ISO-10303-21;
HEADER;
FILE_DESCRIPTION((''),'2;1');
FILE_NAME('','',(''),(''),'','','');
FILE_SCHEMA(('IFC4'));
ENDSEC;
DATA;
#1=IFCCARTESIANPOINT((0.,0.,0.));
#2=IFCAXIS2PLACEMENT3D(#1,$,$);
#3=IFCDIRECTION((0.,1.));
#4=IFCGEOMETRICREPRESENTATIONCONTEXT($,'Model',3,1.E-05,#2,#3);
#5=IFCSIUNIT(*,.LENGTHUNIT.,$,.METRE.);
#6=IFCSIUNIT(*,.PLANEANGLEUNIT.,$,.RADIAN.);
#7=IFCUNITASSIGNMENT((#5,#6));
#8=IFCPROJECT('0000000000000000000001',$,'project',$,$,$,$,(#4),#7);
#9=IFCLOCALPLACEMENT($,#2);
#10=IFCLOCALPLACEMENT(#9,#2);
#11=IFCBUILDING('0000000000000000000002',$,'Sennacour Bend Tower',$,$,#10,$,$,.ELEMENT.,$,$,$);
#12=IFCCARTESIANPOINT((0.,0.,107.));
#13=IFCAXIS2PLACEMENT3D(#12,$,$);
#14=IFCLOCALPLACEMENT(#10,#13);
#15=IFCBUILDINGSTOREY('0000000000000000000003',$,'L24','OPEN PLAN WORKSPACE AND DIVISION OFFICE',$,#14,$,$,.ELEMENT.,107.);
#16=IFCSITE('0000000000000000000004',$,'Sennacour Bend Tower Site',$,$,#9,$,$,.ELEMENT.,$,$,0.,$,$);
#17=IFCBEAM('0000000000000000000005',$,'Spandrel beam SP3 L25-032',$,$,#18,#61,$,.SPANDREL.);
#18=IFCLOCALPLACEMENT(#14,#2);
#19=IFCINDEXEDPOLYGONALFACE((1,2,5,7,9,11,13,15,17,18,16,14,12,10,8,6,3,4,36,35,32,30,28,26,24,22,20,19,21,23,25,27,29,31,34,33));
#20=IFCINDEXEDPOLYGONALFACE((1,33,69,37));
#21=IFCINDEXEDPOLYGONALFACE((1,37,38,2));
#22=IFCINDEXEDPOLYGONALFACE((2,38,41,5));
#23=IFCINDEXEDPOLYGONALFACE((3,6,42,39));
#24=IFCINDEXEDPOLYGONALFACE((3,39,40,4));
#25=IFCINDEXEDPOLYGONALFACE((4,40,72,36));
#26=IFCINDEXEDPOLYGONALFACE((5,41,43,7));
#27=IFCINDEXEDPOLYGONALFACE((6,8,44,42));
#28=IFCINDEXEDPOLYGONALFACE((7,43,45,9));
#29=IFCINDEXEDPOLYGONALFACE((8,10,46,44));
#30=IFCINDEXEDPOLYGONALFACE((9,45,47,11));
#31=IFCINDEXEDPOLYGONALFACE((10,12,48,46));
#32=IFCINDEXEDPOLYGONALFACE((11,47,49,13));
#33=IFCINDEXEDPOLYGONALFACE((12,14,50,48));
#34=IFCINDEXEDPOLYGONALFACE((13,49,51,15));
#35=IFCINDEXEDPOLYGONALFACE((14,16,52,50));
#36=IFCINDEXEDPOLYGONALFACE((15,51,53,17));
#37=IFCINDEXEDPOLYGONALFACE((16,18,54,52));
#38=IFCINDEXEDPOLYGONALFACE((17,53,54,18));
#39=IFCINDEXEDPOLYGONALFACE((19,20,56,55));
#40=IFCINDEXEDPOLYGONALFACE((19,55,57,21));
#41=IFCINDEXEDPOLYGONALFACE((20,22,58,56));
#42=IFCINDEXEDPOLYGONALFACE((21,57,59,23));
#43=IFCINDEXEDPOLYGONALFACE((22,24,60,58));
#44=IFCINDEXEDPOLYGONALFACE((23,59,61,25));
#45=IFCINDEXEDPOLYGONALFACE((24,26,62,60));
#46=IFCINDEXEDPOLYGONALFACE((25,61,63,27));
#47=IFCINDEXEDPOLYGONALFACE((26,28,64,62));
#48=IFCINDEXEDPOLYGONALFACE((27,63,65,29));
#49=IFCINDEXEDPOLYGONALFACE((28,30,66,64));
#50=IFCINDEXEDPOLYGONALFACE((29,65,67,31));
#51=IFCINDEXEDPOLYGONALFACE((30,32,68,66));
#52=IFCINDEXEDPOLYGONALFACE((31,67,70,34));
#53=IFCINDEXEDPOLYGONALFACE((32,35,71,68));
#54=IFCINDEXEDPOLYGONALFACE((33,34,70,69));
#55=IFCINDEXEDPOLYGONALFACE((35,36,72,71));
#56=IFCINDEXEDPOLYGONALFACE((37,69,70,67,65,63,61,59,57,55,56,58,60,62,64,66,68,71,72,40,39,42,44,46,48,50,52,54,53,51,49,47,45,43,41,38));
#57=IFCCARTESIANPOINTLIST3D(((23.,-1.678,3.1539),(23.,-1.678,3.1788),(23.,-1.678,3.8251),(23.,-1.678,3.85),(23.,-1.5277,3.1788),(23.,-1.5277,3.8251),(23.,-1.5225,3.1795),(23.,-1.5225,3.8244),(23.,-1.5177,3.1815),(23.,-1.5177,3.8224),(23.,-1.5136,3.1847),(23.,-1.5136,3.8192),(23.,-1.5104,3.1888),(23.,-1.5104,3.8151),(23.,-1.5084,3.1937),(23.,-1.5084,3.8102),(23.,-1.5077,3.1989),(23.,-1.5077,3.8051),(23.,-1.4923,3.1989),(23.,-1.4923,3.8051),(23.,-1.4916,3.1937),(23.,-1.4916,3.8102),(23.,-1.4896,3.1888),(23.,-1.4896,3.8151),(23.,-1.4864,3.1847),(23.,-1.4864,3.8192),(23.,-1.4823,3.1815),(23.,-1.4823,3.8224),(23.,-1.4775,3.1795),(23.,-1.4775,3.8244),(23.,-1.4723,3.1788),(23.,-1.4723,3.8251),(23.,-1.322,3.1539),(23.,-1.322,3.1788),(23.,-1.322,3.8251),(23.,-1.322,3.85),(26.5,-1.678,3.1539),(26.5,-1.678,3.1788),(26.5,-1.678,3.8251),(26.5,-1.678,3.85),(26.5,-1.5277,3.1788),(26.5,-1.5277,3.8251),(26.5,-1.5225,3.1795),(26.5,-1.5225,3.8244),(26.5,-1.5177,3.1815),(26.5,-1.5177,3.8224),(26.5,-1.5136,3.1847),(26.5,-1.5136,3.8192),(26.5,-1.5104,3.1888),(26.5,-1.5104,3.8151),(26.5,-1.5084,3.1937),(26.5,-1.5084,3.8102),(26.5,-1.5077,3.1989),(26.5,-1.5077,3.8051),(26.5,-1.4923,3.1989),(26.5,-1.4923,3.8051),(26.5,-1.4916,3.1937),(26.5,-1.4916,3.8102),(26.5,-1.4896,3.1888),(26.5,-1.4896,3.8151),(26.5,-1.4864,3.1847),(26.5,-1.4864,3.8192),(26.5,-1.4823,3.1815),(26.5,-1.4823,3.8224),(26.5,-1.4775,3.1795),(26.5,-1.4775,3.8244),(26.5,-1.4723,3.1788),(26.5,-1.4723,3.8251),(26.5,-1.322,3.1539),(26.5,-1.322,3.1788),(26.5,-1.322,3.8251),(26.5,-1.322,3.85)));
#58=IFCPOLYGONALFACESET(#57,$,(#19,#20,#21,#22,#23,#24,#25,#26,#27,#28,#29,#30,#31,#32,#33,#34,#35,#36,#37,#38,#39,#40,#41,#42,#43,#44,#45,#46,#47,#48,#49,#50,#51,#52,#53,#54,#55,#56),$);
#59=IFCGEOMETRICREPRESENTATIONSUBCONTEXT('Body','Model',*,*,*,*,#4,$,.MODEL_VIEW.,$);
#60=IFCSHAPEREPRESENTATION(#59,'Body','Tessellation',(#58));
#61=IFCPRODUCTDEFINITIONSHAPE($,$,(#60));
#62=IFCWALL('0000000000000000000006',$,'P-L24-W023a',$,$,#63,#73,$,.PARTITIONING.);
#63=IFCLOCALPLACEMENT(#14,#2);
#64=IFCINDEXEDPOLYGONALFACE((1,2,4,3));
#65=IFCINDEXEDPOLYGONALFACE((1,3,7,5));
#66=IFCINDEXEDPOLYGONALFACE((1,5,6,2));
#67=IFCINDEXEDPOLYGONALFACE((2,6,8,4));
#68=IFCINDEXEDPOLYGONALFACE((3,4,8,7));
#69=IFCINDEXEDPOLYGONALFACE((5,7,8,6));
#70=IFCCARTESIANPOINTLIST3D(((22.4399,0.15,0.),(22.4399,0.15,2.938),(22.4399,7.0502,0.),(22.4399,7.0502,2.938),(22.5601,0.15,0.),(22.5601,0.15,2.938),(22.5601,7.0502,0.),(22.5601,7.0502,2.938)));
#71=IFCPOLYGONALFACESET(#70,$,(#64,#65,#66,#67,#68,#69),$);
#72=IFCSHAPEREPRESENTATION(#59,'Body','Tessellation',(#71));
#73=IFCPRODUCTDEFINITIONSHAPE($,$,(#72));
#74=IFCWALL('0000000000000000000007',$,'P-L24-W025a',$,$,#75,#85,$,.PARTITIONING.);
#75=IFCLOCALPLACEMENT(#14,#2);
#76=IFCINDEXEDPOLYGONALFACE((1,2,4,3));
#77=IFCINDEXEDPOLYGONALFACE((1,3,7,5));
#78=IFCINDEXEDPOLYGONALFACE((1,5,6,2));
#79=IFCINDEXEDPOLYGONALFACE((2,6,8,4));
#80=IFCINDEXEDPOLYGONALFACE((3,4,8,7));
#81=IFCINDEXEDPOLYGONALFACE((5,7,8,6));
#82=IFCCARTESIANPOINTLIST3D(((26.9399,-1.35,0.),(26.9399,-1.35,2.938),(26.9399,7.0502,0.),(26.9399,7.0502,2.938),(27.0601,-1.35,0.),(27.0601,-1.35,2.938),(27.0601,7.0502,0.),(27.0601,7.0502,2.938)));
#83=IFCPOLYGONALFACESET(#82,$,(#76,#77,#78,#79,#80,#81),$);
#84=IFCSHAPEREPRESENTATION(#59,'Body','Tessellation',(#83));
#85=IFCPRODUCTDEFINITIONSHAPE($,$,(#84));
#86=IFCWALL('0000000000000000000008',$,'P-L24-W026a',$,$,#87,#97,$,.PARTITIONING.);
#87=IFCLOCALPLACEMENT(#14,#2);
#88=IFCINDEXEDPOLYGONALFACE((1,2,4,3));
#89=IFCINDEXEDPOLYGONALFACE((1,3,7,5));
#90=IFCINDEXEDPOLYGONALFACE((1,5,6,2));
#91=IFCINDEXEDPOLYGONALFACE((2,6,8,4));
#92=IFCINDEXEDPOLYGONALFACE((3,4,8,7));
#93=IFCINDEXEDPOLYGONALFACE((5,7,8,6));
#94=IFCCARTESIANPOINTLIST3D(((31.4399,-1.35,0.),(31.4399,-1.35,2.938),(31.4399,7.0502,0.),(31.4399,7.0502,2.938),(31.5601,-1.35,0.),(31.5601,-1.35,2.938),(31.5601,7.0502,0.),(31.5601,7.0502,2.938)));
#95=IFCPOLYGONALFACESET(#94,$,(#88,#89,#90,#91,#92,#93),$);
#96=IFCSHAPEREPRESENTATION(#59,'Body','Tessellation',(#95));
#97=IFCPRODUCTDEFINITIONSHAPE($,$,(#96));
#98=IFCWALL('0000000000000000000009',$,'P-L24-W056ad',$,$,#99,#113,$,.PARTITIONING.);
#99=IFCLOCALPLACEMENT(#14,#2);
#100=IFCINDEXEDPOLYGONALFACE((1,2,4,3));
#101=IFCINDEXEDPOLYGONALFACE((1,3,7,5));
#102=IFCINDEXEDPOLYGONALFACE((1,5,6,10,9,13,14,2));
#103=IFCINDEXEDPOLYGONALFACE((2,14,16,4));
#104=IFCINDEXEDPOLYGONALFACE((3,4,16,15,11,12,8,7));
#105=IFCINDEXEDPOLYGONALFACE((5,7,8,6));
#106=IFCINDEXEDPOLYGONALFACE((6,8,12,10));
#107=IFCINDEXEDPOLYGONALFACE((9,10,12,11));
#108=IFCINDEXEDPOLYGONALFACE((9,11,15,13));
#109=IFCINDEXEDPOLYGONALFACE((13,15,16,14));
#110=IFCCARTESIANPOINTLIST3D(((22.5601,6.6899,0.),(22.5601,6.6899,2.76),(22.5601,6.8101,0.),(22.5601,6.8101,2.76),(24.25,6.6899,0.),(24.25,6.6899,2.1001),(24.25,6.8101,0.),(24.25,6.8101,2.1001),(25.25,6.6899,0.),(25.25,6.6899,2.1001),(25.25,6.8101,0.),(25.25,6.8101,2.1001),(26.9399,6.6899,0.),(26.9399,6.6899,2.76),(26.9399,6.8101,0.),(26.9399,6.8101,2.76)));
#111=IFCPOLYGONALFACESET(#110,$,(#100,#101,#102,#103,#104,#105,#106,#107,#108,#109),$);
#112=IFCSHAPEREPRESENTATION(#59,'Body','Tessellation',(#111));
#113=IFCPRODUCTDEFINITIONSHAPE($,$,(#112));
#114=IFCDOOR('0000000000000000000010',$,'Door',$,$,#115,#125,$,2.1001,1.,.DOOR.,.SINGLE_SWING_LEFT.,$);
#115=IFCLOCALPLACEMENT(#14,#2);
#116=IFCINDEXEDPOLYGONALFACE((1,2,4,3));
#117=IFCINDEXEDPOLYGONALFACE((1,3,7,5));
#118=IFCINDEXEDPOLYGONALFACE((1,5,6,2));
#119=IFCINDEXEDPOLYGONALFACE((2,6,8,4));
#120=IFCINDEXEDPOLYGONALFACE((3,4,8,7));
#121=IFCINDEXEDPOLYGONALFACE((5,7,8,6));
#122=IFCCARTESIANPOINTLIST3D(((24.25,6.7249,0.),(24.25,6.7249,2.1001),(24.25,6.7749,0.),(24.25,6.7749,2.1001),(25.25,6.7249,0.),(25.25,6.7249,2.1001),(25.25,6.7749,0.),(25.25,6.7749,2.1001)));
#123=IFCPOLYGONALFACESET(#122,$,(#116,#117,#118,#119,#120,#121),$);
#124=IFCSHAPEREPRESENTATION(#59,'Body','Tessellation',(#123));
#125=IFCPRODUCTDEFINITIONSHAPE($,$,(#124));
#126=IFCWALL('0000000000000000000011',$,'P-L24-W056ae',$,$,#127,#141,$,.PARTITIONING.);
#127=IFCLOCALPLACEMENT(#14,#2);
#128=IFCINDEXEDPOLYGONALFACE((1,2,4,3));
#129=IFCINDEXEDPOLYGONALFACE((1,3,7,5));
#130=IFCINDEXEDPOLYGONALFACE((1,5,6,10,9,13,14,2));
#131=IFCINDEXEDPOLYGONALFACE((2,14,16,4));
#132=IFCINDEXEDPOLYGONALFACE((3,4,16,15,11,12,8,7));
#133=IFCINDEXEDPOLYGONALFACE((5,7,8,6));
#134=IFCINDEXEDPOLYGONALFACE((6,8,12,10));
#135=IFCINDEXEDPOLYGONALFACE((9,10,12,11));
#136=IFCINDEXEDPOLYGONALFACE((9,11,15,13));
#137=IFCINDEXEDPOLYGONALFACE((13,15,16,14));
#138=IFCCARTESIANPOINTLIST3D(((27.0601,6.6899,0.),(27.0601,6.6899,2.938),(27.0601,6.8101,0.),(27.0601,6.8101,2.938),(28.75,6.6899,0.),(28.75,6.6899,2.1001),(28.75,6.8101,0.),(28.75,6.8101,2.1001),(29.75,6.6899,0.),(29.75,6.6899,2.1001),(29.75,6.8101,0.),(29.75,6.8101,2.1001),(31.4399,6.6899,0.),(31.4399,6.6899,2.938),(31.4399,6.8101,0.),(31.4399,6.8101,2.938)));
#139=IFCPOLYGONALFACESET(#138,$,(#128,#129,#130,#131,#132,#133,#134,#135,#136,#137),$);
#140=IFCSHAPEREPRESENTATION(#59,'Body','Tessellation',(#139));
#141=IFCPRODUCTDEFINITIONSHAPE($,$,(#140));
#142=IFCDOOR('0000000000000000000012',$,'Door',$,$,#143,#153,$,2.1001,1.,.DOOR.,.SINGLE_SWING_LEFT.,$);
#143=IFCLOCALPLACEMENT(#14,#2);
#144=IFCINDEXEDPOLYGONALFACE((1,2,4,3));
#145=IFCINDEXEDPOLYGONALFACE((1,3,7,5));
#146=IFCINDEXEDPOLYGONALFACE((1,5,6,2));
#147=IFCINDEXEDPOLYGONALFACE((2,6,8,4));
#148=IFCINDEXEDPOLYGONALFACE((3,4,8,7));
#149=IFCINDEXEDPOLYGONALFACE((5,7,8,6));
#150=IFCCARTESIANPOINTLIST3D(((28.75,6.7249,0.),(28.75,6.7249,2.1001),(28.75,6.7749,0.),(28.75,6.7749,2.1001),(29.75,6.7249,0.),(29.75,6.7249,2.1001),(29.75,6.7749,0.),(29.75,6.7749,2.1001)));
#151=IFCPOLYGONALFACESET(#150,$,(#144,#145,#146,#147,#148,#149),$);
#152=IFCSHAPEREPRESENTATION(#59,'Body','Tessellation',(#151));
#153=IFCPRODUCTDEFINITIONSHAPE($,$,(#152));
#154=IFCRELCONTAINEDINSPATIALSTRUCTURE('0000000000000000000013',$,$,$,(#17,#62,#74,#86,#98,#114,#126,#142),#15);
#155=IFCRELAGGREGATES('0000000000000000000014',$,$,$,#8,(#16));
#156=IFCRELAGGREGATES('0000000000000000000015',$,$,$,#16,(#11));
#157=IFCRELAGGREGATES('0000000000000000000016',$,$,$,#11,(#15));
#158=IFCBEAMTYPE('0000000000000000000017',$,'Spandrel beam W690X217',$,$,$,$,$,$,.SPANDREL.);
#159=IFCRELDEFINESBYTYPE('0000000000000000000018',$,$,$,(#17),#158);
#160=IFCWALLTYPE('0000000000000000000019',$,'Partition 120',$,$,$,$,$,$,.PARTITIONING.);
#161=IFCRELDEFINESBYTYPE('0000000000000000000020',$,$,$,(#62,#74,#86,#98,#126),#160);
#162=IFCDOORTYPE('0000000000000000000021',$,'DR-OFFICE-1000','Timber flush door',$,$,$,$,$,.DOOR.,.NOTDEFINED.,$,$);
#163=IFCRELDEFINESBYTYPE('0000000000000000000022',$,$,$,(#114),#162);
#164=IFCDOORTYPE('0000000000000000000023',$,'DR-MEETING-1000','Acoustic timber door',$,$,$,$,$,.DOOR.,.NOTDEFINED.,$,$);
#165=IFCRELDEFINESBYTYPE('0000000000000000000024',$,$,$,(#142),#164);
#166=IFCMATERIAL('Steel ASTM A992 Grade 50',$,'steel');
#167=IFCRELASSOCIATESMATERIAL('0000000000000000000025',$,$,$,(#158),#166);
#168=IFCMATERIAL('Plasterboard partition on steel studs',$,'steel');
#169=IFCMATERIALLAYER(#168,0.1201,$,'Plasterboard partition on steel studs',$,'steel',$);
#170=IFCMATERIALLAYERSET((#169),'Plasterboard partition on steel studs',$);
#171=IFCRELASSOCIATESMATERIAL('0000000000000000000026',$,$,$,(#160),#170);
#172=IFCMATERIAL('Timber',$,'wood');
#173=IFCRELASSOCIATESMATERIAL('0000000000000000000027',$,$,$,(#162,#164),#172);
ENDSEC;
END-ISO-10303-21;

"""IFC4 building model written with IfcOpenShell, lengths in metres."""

from ifc_helpers import new_model, si_unit, direction, frame, frame_2d, origin, origin_2d, place, context, subcontext, project, spatial, rectangle, i_section, extrude, material, layer, layer_set, material_profile, profile_set, type_object, element, fill, save


model = new_model("IFC4")

# Units and contexts
model_context = context("Model", 3, precision=1e-05, world=origin(), true_north=direction((0.0, 1.0)))
body_context = subcontext(model_context, "Body", "Model", "MODEL_VIEW")
ifc_project = project(units=[si_unit("LENGTHUNIT", "METRE"), si_unit("PLANEANGLEUNIT", "RADIAN")], contexts=[model_context])

# Site, building, storey
site_placement = place(None, origin())
site = spatial("IfcSite", under=ifc_project, at=site_placement, Name="Sennacour Bend Tower Site", CompositionType="ELEMENT", RefElevation=0.0)
building_placement = place(site_placement, origin())
building = spatial("IfcBuilding", under=site, at=building_placement, Name="Sennacour Bend Tower", CompositionType="ELEMENT")
storey_placement = place(building_placement, frame((0.0, 0.0, 107.0)))
storey = spatial("IfcBuildingStorey", under=building, at=storey_placement, Name="L24", Description="OPEN PLAN WORKSPACE AND DIVISION OFFICE", CompositionType="ELEMENT", Elevation=107.0)

# Beam
ifc_material_1 = material(Name="Steel ASTM A992 Grade 50", Category="steel")
ifc_material_profile_1 = material_profile(ifc_material_1, i_section(OverallWidth=0.356, OverallDepth=0.696, WebThickness=0.0154, FlangeThickness=0.0249, FilletRadius=0.02, at=origin_2d()), Name="Steel ASTM A992 Grade 50", Category="steel")
ifc_profile_set_1 = profile_set([ifc_material_profile_1], Name="Steel ASTM A992 Grade 50")
beam_type_1 = type_object("IfcBeamType", Name="Spandrel beam W690X217", PredefinedType="SPANDREL", material=ifc_profile_set_1)
for number, where, z_axis, x_axis, name in (
    (1, (26.5, -1.5, 3.502), (-1.0, 0.0, 0.0), (0.0, -1.0, 0.0), "Spandrel beam SP3 L25-032"),
):
    element("IfcBeam", number, at=place(storey_placement, frame(where, z_axis=z_axis, x_axis=x_axis)), inside=storey, type_object=beam_type_1, Name=name, PredefinedType="SPANDREL", context=body_context, shape_type="SweptSolid", body=[
        extrude(i_section(OverallWidth=0.356, OverallDepth=0.696, WebThickness=0.0154, FlangeThickness=0.0249, FilletRadius=0.02, at=origin_2d()), origin(), (0.0, 0.0, 1.0), 3.5),
    ])

# Walls
ifc_material_2 = material(Name="Plasterboard partition on steel studs", Category="steel")
ifc_layer_1 = layer(ifc_material_2, 0.1201, Name="Plasterboard partition on steel studs", Category="steel")
ifc_layer_set_1 = layer_set([ifc_layer_1], Name="Plasterboard partition on steel studs")
wall_type_1 = type_object("IfcWallType", Name="Partition 120", PredefinedType="PARTITIONING", material=ifc_layer_set_1)
wall_1_placement = place(storey_placement, frame((22.5, 0.1499, 0.0), z_axis=(0.0, 0.0, 1.0), x_axis=(0.0, 1.0, 0.0)))
element("IfcWall", 2, at=wall_1_placement, inside=storey, type_object=wall_type_1, Name="P-L24-W023a", PredefinedType="PARTITIONING", context=body_context, shape_type="SweptSolid", body=[
    extrude(rectangle(XDim=6.9001, YDim=0.1201, at=frame_2d((3.4502, 0.0))), origin(), (0.0, 0.0, 1.0), 2.938),
])
for number, where, z_axis, x_axis, name in (
    (3, (27.0, -1.3501, 0.0), (0.0, 0.0, 1.0), (0.0, 1.0, 0.0), "P-L24-W025a"),
    (4, (31.5, -1.3501, 0.0), (0.0, 0.0, 1.0), (0.0, 1.0, 0.0), "P-L24-W026a"),
):
    element("IfcWall", number, at=place(storey_placement, frame(where, z_axis=z_axis, x_axis=x_axis)), inside=storey, type_object=wall_type_1, Name=name, PredefinedType="PARTITIONING", context=body_context, shape_type="SweptSolid", body=[
        extrude(rectangle(XDim=8.4001, YDim=0.1201, at=frame_2d((4.2002, 0.0))), origin(), (0.0, 0.0, 1.0), 2.938),
    ])

# Walls, openings, doors
wall_2_placement = place(storey_placement, frame((22.5601, 6.75, 0.0), z_axis=(0.0, 0.0, 1.0), x_axis=(1.0, 0.0, 0.0)))
wall_2 = element("IfcWall", 5, at=wall_2_placement, inside=storey, type_object=wall_type_1, Name="P-L24-W056ad", PredefinedType="PARTITIONING", context=body_context, shape_type="SweptSolid", body=[
    extrude(rectangle(XDim=4.3799, YDim=0.1201, at=frame_2d((2.1899, 0.0))), origin(), (0.0, 0.0, 1.0), 2.76),
])
opening_1_placement = place(wall_2_placement, frame((1.6899, 0.0, 0.0)))
opening_1 = element("IfcOpeningElement", 6, at=opening_1_placement, cuts=wall_2, PredefinedType="OPENING", context=body_context, shape_type="SweptSolid", body=[
    extrude(rectangle(XDim=1.0, YDim=2.1001, at=frame_2d((0.5, 1.05))), frame((0.0, 0.0701, 0.0), z_axis=(0.0, -1.0, 0.0), x_axis=(1.0, 0.0, 0.0)), (0.0, 0.0, 1.0), 0.1401),
])
ifc_material_3 = material(Name="Timber", Category="wood")
door_type_1 = type_object("IfcDoorType", Name="DR-OFFICE-1000", Description="Timber flush door", OperationType="NOTDEFINED", PredefinedType="DOOR", material=ifc_material_3)
door_1_placement = place(opening_1_placement, origin())
door_1 = element("IfcDoor", 7, at=door_1_placement, inside=storey, type_object=door_type_1, Name="Door", OperationType="SINGLE_SWING_LEFT", OverallHeight=2.1001, OverallWidth=1.0, PredefinedType="DOOR", context=body_context, shape_type="SweptSolid", body=[
    extrude(rectangle(XDim=1.0, YDim=2.1001, at=frame_2d((0.5, 1.05))), frame((0.0, 0.0249, 0.0), z_axis=(0.0, -1.0, 0.0), x_axis=(1.0, 0.0, 0.0)), (0.0, 0.0, 1.0), 0.05),
])
fill(opening_1, door_1)
wall_3_placement = place(storey_placement, frame((27.0601, 6.75, 0.0), z_axis=(0.0, 0.0, 1.0), x_axis=(1.0, 0.0, 0.0)))
wall_3 = element("IfcWall", 8, at=wall_3_placement, inside=storey, type_object=wall_type_1, Name="P-L24-W056ae", PredefinedType="PARTITIONING", context=body_context, shape_type="SweptSolid", body=[
    extrude(rectangle(XDim=4.3799, YDim=0.1201, at=frame_2d((2.1899, 0.0))), origin(), (0.0, 0.0, 1.0), 2.938),
])
opening_2_placement = place(wall_3_placement, frame((1.6899, 0.0, 0.0)))
opening_2 = element("IfcOpeningElement", 9, at=opening_2_placement, cuts=wall_3, PredefinedType="OPENING", context=body_context, shape_type="SweptSolid", body=[
    extrude(rectangle(XDim=1.0, YDim=2.1001, at=frame_2d((0.5, 1.05))), frame((0.0, 0.0701, 0.0), z_axis=(0.0, -1.0, 0.0), x_axis=(1.0, 0.0, 0.0)), (0.0, 0.0, 1.0), 0.1401),
])
door_type_2 = type_object("IfcDoorType", Name="DR-MEETING-1000", Description="Acoustic timber door", OperationType="NOTDEFINED", PredefinedType="DOOR", material=ifc_material_3)
door_2_placement = place(opening_2_placement, origin())
door_2 = element("IfcDoor", 10, at=door_2_placement, inside=storey, type_object=door_type_2, Name="Door", OperationType="SINGLE_SWING_LEFT", OverallHeight=2.1001, OverallWidth=1.0, PredefinedType="DOOR", context=body_context, shape_type="SweptSolid", body=[
    extrude(rectangle(XDim=1.0, YDim=2.1001, at=frame_2d((0.5, 1.05))), frame((0.0, 0.0249, 0.0), z_axis=(0.0, -1.0, 0.0), x_axis=(1.0, 0.0, 0.0)), (0.0, 0.0, 1.0), 0.05),
])
fill(opening_2, door_2)

save(model, "model.ifc")
